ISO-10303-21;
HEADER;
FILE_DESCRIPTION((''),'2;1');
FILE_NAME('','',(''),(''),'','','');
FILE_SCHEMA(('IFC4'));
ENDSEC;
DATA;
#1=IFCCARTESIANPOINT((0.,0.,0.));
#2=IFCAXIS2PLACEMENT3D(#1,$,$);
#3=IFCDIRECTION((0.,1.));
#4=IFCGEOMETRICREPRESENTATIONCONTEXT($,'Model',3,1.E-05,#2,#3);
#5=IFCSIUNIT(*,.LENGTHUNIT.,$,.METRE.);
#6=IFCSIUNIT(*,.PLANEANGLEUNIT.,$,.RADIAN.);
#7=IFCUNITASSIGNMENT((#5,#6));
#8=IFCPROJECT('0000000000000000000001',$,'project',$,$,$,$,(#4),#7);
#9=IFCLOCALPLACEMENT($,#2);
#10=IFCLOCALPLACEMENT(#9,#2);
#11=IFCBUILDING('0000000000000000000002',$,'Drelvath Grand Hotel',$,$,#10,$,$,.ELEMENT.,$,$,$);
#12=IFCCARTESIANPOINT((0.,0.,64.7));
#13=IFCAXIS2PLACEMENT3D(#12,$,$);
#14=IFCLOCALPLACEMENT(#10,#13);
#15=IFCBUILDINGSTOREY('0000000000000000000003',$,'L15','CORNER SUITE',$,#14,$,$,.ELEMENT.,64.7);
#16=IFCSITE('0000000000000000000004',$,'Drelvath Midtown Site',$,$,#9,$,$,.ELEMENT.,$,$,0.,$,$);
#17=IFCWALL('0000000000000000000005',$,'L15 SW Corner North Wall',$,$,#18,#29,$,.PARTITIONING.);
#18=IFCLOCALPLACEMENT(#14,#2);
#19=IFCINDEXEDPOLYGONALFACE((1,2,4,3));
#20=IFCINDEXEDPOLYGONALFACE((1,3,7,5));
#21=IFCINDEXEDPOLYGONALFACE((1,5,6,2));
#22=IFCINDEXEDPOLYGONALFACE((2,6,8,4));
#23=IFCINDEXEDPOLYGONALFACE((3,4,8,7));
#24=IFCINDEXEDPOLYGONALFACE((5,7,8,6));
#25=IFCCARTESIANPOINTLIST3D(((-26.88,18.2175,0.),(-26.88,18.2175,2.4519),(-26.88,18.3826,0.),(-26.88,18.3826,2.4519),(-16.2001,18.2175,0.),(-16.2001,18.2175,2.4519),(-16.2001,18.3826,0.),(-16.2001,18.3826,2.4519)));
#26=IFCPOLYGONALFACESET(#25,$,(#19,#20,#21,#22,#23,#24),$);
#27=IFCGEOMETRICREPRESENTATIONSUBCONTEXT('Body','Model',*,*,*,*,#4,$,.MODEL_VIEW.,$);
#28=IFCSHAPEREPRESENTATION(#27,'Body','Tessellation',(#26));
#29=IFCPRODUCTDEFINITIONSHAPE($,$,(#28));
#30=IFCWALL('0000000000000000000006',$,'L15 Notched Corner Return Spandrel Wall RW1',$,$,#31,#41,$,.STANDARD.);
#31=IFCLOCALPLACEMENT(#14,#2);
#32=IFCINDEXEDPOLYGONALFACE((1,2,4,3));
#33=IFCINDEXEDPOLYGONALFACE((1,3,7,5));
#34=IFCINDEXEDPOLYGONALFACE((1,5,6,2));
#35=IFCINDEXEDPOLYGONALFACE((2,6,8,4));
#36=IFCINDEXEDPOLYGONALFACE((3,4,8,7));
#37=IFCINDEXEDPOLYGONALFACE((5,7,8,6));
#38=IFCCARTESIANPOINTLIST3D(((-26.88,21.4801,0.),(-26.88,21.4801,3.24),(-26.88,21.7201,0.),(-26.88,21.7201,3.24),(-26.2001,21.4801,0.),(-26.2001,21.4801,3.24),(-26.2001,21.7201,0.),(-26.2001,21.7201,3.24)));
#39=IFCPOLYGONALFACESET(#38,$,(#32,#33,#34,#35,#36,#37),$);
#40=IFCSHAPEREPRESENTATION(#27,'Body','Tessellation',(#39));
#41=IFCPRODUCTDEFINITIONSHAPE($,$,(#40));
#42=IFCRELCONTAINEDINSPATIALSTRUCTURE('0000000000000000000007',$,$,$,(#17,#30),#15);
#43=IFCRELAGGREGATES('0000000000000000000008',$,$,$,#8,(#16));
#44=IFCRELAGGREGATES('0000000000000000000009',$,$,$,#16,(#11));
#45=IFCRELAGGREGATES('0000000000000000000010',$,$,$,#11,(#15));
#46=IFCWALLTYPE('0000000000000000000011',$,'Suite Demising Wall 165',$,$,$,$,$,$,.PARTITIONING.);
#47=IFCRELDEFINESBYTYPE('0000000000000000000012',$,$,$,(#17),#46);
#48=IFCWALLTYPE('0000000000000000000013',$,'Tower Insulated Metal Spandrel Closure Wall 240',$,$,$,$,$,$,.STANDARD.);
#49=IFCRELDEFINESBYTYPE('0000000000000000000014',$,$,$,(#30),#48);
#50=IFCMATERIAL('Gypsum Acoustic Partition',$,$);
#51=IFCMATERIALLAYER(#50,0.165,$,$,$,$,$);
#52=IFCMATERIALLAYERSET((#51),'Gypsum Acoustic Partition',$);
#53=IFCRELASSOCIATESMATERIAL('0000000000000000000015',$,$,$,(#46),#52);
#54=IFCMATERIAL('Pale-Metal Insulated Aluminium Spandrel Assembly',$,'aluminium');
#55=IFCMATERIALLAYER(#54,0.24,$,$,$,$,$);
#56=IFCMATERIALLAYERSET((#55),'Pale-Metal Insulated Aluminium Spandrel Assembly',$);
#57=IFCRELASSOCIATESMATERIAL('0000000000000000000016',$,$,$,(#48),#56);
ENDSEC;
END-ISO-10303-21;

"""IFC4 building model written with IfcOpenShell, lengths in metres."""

from ifc_helpers import new_model, si_unit, direction, frame, frame_2d, origin, place, context, subcontext, project, spatial, rectangle, extrude, material, layer, layer_set, type_object, element, save


model = new_model("IFC4")

# Units and contexts
model_context = context("Model", 3, precision=1e-05, world=origin(), true_north=direction((0.0, 1.0)))
body_context = subcontext(model_context, "Body", "Model", "MODEL_VIEW")
ifc_project = project(units=[si_unit("LENGTHUNIT", "METRE"), si_unit("PLANEANGLEUNIT", "RADIAN")], contexts=[model_context])

# Site, building, storey
site_placement = place(None, origin())
site = spatial("IfcSite", under=ifc_project, at=site_placement, Name="Drelvath Midtown Site", CompositionType="ELEMENT", RefElevation=0.0)
building_placement = place(site_placement, origin())
building = spatial("IfcBuilding", under=site, at=building_placement, Name="Drelvath Grand Hotel", CompositionType="ELEMENT")
storey_placement = place(building_placement, frame((0.0, 0.0, 64.7)))
storey = spatial("IfcBuildingStorey", under=building, at=storey_placement, Name="L15", Description="CORNER SUITE", CompositionType="ELEMENT", Elevation=64.7)

# Walls
ifc_material_1 = material(Name="Gypsum Acoustic Partition")
ifc_layer_1 = layer(ifc_material_1, 0.165)
ifc_layer_set_1 = layer_set([ifc_layer_1], Name="Gypsum Acoustic Partition")
wall_type_1 = type_object("IfcWallType", Name="Suite Demising Wall 165", PredefinedType="PARTITIONING", material=ifc_layer_set_1)
wall_1_placement = place(storey_placement, frame((-26.8799, 18.3, 0.0), z_axis=(0.0, 0.0, 1.0), x_axis=(1.0, 0.0, 0.0)))
element("IfcWall", 1, at=wall_1_placement, inside=storey, type_object=wall_type_1, Name="L15 SW Corner North Wall", PredefinedType="PARTITIONING", context=body_context, shape_type="SweptSolid", body=[
    extrude(rectangle(XDim=10.6799, YDim=0.165, at=frame_2d((5.3398, 0.0))), origin(), (0.0, 0.0, 1.0), 2.4519),
])
ifc_material_2 = material(Name="Pale-Metal Insulated Aluminium Spandrel Assembly", Category="aluminium")
ifc_layer_2 = layer(ifc_material_2, 0.24)
ifc_layer_set_2 = layer_set([ifc_layer_2], Name="Pale-Metal Insulated Aluminium Spandrel Assembly")
wall_type_2 = type_object("IfcWallType", Name="Tower Insulated Metal Spandrel Closure Wall 240", PredefinedType="STANDARD", material=ifc_layer_set_2)
wall_2_placement = place(storey_placement, frame((-26.8799, 21.6001, 0.0), z_axis=(0.0, 0.0, 1.0), x_axis=(1.0, 0.0, 0.0)))
element("IfcWall", 2, at=wall_2_placement, inside=storey, type_object=wall_type_2, Name="L15 Notched Corner Return Spandrel Wall RW1", PredefinedType="STANDARD", context=body_context, shape_type="SweptSolid", body=[
    extrude(rectangle(XDim=0.6799, YDim=0.24, at=frame_2d((0.3398, 0.0))), origin(), (0.0, 0.0, 1.0), 3.24),
])

save(model, "model.ifc")
